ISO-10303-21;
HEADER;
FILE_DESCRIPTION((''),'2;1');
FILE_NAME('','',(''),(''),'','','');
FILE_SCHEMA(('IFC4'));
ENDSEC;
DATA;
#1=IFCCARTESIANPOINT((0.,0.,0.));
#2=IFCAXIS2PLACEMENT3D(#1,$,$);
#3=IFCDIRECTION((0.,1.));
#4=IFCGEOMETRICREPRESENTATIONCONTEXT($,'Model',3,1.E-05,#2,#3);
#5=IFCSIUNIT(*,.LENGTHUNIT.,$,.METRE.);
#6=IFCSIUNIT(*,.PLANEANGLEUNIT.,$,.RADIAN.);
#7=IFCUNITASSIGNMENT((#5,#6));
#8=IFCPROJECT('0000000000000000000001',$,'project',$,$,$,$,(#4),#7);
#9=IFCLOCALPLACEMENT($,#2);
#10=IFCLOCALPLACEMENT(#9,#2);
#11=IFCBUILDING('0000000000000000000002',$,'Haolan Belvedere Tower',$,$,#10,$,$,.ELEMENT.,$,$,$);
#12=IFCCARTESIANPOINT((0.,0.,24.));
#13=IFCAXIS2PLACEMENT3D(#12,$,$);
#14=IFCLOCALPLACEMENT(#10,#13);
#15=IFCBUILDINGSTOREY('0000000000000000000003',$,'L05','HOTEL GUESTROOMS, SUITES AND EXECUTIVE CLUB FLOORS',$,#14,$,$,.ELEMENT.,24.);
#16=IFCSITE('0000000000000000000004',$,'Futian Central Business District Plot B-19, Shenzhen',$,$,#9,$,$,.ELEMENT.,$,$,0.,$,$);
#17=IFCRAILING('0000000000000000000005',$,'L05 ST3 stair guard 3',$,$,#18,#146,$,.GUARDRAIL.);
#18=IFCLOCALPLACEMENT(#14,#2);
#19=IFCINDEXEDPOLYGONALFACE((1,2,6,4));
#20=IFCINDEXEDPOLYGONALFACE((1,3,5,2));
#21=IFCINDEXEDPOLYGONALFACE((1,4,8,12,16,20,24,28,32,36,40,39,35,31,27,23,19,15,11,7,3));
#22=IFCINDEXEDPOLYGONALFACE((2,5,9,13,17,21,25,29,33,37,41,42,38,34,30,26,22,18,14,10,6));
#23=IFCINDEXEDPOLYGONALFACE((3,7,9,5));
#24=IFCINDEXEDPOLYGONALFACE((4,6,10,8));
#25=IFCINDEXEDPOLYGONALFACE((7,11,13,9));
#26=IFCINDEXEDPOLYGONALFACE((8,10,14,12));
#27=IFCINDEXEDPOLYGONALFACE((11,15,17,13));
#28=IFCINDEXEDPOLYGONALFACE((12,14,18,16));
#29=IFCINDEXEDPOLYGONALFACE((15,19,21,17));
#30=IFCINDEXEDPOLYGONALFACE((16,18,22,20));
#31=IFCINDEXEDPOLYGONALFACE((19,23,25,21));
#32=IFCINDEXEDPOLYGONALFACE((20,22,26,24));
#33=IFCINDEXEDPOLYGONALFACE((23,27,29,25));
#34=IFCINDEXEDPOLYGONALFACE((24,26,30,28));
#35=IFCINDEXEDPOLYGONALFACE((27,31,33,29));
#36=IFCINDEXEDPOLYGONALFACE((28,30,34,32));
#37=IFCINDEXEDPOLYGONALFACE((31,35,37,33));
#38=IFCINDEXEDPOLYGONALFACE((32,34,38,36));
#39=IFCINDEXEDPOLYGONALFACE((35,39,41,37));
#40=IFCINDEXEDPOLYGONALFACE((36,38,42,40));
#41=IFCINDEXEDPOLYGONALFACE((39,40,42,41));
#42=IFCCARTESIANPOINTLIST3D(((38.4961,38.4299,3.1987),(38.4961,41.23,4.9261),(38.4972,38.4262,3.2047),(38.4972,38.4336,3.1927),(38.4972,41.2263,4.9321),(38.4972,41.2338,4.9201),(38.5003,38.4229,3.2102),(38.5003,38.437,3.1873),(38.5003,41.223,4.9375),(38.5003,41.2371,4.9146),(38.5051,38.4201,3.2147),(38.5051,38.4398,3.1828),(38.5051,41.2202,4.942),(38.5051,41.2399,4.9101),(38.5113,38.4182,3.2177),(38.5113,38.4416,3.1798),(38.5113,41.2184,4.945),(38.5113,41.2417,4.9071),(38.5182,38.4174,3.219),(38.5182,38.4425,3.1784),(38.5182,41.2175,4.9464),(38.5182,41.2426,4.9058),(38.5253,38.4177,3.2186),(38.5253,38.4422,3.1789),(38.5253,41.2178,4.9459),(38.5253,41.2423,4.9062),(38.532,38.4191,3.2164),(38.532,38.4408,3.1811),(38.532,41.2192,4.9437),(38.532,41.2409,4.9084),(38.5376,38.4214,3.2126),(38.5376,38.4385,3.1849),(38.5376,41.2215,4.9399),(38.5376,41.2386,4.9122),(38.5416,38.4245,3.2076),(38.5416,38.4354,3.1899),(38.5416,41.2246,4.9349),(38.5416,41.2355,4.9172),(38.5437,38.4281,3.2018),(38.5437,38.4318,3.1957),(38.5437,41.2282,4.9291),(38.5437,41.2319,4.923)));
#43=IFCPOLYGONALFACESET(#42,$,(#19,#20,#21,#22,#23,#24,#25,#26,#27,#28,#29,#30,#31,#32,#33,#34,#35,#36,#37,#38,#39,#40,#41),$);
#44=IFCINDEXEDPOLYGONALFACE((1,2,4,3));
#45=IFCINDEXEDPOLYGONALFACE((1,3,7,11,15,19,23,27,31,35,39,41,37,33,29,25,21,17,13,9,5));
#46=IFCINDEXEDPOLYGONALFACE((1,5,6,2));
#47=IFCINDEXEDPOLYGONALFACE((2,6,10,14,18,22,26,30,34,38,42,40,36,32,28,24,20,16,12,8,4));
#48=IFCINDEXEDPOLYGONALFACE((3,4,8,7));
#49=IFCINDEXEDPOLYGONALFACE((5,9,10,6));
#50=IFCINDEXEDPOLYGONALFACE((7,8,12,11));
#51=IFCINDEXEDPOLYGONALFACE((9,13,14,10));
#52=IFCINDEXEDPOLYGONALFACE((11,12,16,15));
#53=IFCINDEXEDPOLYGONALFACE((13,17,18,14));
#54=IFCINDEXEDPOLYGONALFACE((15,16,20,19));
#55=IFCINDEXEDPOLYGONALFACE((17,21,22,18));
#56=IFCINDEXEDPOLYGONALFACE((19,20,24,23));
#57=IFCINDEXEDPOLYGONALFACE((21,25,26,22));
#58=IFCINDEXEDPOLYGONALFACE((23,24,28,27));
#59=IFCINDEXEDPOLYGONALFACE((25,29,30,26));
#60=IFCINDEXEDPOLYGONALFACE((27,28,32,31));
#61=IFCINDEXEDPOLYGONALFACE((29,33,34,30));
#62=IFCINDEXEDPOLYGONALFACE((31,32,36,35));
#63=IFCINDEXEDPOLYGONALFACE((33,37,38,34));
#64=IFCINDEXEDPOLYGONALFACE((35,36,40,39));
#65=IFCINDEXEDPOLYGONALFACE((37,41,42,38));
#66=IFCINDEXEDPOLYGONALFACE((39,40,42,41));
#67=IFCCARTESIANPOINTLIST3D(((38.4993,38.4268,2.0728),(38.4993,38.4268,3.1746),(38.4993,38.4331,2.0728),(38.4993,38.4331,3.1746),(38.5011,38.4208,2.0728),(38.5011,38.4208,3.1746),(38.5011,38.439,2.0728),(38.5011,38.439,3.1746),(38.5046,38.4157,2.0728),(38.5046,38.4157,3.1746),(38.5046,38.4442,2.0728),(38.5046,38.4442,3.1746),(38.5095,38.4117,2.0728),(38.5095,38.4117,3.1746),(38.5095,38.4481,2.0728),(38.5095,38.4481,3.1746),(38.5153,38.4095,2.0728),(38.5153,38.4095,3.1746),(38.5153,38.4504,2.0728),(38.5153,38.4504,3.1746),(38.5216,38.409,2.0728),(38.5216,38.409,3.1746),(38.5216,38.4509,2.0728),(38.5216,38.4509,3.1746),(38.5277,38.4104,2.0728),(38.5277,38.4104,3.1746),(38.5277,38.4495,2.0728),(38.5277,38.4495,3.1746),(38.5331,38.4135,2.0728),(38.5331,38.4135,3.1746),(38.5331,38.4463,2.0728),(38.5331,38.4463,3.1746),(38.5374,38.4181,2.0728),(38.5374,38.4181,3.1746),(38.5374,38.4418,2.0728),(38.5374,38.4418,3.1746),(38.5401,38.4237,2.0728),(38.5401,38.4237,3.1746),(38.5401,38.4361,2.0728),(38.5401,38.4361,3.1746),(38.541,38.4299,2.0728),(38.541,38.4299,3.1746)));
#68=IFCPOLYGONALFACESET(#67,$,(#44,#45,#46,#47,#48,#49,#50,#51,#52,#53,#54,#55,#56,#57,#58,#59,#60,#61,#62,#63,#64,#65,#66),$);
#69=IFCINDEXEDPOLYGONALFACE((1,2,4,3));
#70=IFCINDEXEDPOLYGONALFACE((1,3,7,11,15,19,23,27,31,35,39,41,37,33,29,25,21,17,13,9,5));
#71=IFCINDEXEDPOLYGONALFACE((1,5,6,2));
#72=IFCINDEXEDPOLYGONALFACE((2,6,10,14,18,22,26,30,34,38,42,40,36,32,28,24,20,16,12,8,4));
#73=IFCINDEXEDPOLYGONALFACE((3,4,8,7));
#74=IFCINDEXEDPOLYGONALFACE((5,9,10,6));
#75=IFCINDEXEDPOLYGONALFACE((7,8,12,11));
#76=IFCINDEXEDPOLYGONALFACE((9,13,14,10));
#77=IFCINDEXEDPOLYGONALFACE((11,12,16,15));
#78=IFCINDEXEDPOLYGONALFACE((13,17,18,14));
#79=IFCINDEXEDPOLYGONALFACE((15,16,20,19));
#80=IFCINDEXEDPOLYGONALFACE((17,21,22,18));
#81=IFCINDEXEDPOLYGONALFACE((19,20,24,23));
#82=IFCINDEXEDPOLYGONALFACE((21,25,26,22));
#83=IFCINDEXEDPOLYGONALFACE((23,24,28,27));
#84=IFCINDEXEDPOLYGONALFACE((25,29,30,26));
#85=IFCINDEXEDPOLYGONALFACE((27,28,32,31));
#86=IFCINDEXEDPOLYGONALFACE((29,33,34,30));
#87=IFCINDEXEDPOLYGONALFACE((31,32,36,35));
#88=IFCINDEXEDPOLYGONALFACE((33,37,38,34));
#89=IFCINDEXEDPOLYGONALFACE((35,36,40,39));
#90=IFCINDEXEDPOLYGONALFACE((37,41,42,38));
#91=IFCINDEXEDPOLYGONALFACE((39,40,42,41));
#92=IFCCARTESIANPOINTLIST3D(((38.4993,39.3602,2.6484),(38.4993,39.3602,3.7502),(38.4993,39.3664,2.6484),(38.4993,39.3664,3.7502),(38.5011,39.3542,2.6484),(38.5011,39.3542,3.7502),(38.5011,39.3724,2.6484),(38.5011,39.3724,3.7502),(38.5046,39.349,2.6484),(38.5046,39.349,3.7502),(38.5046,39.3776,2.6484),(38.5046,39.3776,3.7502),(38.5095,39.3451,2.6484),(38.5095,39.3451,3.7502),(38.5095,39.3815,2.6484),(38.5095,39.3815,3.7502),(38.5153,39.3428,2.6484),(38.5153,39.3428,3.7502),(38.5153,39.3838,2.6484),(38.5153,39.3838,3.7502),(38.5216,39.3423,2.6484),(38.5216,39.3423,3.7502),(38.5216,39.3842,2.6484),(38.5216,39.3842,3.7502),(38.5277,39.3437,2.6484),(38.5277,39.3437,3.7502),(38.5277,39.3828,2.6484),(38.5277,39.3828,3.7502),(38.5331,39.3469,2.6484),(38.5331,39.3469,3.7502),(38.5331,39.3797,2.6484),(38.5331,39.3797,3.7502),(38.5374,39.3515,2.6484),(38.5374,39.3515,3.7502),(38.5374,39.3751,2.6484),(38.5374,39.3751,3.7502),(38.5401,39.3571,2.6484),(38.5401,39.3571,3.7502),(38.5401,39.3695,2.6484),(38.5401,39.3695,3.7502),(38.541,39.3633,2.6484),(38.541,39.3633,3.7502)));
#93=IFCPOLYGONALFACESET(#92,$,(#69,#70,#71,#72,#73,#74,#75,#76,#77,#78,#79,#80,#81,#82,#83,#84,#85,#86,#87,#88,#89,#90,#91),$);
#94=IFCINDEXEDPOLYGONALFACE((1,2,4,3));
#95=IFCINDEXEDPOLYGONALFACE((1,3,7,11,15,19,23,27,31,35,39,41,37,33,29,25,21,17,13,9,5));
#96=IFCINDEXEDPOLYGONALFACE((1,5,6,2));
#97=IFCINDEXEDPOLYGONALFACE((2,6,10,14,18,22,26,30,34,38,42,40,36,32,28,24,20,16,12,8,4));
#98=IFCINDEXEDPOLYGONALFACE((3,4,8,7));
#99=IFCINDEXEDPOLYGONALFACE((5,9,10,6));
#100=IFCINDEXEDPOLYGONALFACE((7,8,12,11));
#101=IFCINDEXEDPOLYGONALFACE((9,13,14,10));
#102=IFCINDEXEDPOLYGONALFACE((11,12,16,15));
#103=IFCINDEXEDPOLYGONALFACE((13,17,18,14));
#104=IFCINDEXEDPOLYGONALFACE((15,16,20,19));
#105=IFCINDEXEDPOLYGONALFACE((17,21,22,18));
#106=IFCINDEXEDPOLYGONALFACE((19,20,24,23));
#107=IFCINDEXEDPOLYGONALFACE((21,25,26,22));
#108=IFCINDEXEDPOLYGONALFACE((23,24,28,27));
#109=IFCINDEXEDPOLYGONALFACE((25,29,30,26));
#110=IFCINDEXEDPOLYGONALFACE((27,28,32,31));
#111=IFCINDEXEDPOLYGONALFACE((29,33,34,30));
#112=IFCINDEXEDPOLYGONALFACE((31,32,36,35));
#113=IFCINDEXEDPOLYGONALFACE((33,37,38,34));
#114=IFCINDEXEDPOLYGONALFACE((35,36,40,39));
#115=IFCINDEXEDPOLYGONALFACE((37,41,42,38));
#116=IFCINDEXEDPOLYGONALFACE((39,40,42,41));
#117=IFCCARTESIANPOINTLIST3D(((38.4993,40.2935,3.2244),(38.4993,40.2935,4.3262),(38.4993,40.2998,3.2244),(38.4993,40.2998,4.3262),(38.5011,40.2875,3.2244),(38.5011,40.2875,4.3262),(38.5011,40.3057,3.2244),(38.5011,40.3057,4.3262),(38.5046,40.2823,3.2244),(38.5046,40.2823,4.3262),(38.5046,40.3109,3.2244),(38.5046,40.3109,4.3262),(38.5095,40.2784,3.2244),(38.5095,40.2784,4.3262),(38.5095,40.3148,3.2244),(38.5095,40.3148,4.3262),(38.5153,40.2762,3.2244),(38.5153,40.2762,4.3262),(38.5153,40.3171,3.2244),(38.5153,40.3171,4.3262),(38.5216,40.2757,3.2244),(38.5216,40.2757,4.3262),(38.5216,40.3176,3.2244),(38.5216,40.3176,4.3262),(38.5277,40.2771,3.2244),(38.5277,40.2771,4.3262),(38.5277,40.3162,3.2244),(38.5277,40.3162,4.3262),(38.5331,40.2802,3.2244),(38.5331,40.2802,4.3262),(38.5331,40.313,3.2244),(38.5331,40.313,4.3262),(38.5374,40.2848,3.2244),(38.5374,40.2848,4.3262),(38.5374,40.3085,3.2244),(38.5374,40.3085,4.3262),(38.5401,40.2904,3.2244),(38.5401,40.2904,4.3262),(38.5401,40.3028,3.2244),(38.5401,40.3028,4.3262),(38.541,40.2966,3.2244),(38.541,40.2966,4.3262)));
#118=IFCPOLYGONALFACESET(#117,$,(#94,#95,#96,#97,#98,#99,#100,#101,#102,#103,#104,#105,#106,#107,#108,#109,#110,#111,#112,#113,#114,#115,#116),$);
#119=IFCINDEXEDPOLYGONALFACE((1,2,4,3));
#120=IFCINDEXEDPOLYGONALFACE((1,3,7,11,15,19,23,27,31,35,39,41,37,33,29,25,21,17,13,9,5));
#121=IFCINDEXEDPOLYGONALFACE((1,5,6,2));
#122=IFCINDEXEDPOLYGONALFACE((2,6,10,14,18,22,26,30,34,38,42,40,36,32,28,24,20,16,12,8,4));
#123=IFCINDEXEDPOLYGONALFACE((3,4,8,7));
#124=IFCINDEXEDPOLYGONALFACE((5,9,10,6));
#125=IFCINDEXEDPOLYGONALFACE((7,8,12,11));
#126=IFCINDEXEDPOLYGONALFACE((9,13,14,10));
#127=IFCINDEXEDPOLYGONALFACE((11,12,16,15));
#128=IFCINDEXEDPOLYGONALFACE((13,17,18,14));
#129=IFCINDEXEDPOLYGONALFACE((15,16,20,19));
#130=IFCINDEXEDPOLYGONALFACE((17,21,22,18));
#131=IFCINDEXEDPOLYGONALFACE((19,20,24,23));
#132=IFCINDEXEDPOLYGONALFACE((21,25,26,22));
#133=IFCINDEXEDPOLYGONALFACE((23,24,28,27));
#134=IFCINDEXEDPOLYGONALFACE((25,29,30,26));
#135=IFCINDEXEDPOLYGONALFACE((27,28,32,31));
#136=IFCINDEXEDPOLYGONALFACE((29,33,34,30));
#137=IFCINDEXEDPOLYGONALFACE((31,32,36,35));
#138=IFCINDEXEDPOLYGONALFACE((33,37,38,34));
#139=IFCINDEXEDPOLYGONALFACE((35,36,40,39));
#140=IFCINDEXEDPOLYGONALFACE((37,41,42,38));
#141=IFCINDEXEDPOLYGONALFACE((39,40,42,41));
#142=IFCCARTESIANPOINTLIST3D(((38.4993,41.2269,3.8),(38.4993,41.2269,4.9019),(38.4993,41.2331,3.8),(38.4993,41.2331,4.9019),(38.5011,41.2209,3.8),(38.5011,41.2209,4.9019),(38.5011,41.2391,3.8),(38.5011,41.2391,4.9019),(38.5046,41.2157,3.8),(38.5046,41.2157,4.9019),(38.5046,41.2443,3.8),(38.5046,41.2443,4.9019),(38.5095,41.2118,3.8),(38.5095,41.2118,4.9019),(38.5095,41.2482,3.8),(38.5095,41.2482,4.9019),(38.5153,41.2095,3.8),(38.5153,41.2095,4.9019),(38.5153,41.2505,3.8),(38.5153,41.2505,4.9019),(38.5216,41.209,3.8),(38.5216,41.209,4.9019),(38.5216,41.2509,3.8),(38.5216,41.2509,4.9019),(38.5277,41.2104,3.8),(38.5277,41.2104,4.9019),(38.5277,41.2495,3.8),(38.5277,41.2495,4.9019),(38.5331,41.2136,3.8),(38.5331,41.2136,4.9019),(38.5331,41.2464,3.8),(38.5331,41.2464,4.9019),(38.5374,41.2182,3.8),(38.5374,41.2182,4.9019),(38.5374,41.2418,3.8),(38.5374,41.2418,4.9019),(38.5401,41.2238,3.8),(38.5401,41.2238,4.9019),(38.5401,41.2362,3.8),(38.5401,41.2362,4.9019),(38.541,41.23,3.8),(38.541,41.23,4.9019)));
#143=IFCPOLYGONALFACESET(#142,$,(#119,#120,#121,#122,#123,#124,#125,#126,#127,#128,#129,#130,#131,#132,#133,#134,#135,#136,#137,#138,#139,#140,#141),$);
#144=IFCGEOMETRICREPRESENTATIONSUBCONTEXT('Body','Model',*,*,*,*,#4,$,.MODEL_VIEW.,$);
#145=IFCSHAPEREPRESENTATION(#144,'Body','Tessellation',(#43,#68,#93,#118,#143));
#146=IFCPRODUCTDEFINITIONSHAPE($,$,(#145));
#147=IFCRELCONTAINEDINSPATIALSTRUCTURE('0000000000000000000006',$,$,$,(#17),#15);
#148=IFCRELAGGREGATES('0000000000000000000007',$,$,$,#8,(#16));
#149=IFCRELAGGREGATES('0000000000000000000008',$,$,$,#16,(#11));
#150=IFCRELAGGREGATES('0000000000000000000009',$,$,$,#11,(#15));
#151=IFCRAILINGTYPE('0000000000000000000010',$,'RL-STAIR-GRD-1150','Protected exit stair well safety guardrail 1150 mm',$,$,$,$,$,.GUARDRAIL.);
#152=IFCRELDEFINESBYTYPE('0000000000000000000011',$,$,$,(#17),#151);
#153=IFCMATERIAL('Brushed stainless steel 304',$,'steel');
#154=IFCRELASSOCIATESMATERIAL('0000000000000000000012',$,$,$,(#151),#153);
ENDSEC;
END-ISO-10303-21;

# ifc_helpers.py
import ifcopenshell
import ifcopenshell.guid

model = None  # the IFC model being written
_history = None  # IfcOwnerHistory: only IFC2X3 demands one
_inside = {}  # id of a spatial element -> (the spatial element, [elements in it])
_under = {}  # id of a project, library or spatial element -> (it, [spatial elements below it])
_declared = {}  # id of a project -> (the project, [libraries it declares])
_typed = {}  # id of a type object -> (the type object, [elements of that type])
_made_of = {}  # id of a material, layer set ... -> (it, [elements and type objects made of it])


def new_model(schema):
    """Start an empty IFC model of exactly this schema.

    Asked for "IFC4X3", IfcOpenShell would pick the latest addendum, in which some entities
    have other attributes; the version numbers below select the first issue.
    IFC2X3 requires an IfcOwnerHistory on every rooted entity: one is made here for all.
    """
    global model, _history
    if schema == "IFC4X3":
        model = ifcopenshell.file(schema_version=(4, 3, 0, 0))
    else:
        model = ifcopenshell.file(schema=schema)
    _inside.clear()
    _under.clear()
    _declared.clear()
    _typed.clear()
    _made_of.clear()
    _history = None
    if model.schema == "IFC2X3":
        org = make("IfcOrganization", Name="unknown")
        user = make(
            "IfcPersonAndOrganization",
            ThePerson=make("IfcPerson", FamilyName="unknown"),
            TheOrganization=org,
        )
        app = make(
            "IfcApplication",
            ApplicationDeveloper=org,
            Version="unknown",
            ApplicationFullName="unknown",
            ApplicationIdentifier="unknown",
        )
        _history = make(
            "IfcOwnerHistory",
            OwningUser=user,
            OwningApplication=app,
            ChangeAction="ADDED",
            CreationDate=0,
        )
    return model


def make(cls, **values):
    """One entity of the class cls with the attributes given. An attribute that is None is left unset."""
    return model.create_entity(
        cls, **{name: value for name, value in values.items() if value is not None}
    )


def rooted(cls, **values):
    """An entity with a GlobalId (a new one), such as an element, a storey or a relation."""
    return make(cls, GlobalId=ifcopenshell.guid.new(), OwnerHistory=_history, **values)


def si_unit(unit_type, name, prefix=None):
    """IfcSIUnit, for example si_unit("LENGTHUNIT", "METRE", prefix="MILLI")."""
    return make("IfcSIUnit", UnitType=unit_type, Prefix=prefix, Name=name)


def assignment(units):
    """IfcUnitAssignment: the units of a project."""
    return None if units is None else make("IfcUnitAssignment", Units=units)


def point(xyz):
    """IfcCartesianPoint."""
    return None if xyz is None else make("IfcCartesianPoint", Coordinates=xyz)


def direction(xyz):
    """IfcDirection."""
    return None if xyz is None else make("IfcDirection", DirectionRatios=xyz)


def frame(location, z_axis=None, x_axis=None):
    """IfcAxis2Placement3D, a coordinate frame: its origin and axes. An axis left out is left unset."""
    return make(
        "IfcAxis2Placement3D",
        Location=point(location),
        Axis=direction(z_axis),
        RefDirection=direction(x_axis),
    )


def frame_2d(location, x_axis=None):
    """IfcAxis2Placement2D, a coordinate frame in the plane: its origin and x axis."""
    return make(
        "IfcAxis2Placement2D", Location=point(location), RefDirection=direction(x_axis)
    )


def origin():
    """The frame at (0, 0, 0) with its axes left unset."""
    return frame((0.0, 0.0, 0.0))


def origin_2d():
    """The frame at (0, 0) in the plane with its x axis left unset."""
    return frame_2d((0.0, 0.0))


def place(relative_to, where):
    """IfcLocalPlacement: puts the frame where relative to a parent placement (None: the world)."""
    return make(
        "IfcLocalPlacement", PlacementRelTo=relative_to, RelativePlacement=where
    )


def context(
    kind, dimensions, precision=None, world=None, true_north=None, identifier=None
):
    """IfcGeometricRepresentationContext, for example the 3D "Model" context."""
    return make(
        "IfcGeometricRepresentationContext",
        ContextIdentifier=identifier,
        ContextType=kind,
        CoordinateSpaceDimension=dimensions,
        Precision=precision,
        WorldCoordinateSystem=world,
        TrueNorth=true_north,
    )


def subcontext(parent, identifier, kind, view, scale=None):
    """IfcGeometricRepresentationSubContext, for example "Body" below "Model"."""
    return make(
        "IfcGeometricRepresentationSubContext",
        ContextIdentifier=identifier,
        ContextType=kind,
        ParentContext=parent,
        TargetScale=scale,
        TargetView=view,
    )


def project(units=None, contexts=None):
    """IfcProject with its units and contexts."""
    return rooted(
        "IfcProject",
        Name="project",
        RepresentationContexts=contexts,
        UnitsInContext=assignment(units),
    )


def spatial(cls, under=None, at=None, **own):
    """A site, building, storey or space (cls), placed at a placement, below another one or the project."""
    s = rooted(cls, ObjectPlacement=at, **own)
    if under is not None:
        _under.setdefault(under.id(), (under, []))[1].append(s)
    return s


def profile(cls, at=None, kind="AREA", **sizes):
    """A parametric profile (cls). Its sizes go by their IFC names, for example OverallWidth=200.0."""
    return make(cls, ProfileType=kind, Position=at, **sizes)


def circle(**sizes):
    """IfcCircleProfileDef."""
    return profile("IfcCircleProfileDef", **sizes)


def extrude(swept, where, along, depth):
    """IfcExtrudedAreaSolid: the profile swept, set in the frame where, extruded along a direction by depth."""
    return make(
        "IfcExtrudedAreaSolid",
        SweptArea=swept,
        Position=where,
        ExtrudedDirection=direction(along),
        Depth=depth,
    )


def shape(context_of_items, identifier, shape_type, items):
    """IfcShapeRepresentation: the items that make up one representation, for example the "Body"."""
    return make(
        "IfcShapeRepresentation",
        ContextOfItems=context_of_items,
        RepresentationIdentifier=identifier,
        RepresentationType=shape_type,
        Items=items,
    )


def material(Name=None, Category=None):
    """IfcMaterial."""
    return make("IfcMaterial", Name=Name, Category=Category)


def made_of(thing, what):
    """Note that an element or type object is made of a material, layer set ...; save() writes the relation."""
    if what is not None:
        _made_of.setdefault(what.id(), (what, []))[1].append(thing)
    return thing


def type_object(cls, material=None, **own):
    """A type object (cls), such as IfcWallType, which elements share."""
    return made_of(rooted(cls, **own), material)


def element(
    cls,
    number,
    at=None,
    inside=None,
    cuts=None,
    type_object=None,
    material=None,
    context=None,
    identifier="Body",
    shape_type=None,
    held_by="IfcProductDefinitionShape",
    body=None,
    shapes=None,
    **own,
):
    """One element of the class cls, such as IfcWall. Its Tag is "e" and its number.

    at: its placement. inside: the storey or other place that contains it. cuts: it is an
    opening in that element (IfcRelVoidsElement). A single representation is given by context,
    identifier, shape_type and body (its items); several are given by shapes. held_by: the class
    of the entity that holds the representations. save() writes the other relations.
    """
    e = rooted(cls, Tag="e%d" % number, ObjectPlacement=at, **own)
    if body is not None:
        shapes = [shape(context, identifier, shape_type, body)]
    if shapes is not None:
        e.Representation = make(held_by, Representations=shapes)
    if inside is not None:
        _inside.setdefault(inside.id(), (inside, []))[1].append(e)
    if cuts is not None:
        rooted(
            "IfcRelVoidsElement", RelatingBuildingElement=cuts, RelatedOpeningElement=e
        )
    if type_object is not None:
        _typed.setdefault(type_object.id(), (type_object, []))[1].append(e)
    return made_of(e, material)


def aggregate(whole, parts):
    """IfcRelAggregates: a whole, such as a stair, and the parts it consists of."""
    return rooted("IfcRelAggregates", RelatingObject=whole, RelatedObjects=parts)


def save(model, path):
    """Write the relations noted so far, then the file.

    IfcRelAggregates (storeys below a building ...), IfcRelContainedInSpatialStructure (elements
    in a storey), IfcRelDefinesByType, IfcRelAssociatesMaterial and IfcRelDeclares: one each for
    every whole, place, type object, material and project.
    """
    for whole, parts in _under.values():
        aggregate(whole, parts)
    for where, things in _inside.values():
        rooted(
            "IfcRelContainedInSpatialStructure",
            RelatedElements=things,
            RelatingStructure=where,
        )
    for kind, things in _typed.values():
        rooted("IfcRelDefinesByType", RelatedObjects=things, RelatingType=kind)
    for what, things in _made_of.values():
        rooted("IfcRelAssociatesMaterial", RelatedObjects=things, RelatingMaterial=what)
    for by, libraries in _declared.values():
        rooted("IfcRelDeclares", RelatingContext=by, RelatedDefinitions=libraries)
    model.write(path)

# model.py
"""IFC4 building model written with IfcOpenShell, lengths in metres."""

from ifc_helpers import new_model, si_unit, direction, frame, origin, origin_2d, place, context, subcontext, project, spatial, circle, extrude, material, type_object, element, save


model = new_model("IFC4")

# Units and contexts
model_context = context("Model", 3, precision=1e-05, world=origin(), true_north=direction((0.0, 1.0)))
body_context = subcontext(model_context, "Body", "Model", "MODEL_VIEW")
ifc_project = project(units=[si_unit("LENGTHUNIT", "METRE"), si_unit("PLANEANGLEUNIT", "RADIAN")], contexts=[model_context])

# Site, building, storey
site_placement = place(None, origin())
site = spatial("IfcSite", under=ifc_project, at=site_placement, Name="Futian Central Business District Plot B-19, Shenzhen", CompositionType="ELEMENT", RefElevation=0.0)
building_placement = place(site_placement, origin())
building = spatial("IfcBuilding", under=site, at=building_placement, Name="Haolan Belvedere Tower", CompositionType="ELEMENT")
storey_placement = place(building_placement, frame((0.0, 0.0, 24.0)))
storey = spatial("IfcBuildingStorey", under=building, at=storey_placement, Name="L05", Description="HOTEL GUESTROOMS, SUITES AND EXECUTIVE CLUB FLOORS", CompositionType="ELEMENT", Elevation=24.0)

# Railing
ifc_material_1 = material(Name="Brushed stainless steel 304", Category="steel")
railing_type_1 = type_object("IfcRailingType", Name="RL-STAIR-GRD-1150", Description="Protected exit stair well safety guardrail 1150 mm", PredefinedType="GUARDRAIL", material=ifc_material_1)
railing_1_placement = place(storey_placement, frame((38.52, 38.4299, 2.0728)))
element("IfcRailing", 1, at=railing_1_placement, inside=storey, type_object=railing_type_1, Name="L05 ST3 stair guard 3", PredefinedType="GUARDRAIL", context=body_context, shape_type="SweptSolid", body=[
    extrude(circle(Radius=0.0239, at=origin_2d()), frame((0.0, 0.0, 1.126), z_axis=(0.0, 0.85109, 0.52502), x_axis=(-1.0, 0.0, 0.0)), (0.0, 0.0, 1.0), 3.29),
    extrude(circle(Radius=0.021, at=origin_2d()), origin(), (0.0, 0.0, 1.0), 1.1018),
    extrude(circle(Radius=0.021, at=origin_2d()), frame((0.0, 0.9333, 0.5757)), (0.0, 0.0, 1.0), 1.1018),
    extrude(circle(Radius=0.021, at=origin_2d()), frame((0.0, 1.8667, 1.1516)), (0.0, 0.0, 1.0), 1.1018),
    extrude(circle(Radius=0.021, at=origin_2d()), frame((0.0, 2.8, 1.7273)), (0.0, 0.0, 1.0), 1.1018),
])

save(model, "model.ifc")
